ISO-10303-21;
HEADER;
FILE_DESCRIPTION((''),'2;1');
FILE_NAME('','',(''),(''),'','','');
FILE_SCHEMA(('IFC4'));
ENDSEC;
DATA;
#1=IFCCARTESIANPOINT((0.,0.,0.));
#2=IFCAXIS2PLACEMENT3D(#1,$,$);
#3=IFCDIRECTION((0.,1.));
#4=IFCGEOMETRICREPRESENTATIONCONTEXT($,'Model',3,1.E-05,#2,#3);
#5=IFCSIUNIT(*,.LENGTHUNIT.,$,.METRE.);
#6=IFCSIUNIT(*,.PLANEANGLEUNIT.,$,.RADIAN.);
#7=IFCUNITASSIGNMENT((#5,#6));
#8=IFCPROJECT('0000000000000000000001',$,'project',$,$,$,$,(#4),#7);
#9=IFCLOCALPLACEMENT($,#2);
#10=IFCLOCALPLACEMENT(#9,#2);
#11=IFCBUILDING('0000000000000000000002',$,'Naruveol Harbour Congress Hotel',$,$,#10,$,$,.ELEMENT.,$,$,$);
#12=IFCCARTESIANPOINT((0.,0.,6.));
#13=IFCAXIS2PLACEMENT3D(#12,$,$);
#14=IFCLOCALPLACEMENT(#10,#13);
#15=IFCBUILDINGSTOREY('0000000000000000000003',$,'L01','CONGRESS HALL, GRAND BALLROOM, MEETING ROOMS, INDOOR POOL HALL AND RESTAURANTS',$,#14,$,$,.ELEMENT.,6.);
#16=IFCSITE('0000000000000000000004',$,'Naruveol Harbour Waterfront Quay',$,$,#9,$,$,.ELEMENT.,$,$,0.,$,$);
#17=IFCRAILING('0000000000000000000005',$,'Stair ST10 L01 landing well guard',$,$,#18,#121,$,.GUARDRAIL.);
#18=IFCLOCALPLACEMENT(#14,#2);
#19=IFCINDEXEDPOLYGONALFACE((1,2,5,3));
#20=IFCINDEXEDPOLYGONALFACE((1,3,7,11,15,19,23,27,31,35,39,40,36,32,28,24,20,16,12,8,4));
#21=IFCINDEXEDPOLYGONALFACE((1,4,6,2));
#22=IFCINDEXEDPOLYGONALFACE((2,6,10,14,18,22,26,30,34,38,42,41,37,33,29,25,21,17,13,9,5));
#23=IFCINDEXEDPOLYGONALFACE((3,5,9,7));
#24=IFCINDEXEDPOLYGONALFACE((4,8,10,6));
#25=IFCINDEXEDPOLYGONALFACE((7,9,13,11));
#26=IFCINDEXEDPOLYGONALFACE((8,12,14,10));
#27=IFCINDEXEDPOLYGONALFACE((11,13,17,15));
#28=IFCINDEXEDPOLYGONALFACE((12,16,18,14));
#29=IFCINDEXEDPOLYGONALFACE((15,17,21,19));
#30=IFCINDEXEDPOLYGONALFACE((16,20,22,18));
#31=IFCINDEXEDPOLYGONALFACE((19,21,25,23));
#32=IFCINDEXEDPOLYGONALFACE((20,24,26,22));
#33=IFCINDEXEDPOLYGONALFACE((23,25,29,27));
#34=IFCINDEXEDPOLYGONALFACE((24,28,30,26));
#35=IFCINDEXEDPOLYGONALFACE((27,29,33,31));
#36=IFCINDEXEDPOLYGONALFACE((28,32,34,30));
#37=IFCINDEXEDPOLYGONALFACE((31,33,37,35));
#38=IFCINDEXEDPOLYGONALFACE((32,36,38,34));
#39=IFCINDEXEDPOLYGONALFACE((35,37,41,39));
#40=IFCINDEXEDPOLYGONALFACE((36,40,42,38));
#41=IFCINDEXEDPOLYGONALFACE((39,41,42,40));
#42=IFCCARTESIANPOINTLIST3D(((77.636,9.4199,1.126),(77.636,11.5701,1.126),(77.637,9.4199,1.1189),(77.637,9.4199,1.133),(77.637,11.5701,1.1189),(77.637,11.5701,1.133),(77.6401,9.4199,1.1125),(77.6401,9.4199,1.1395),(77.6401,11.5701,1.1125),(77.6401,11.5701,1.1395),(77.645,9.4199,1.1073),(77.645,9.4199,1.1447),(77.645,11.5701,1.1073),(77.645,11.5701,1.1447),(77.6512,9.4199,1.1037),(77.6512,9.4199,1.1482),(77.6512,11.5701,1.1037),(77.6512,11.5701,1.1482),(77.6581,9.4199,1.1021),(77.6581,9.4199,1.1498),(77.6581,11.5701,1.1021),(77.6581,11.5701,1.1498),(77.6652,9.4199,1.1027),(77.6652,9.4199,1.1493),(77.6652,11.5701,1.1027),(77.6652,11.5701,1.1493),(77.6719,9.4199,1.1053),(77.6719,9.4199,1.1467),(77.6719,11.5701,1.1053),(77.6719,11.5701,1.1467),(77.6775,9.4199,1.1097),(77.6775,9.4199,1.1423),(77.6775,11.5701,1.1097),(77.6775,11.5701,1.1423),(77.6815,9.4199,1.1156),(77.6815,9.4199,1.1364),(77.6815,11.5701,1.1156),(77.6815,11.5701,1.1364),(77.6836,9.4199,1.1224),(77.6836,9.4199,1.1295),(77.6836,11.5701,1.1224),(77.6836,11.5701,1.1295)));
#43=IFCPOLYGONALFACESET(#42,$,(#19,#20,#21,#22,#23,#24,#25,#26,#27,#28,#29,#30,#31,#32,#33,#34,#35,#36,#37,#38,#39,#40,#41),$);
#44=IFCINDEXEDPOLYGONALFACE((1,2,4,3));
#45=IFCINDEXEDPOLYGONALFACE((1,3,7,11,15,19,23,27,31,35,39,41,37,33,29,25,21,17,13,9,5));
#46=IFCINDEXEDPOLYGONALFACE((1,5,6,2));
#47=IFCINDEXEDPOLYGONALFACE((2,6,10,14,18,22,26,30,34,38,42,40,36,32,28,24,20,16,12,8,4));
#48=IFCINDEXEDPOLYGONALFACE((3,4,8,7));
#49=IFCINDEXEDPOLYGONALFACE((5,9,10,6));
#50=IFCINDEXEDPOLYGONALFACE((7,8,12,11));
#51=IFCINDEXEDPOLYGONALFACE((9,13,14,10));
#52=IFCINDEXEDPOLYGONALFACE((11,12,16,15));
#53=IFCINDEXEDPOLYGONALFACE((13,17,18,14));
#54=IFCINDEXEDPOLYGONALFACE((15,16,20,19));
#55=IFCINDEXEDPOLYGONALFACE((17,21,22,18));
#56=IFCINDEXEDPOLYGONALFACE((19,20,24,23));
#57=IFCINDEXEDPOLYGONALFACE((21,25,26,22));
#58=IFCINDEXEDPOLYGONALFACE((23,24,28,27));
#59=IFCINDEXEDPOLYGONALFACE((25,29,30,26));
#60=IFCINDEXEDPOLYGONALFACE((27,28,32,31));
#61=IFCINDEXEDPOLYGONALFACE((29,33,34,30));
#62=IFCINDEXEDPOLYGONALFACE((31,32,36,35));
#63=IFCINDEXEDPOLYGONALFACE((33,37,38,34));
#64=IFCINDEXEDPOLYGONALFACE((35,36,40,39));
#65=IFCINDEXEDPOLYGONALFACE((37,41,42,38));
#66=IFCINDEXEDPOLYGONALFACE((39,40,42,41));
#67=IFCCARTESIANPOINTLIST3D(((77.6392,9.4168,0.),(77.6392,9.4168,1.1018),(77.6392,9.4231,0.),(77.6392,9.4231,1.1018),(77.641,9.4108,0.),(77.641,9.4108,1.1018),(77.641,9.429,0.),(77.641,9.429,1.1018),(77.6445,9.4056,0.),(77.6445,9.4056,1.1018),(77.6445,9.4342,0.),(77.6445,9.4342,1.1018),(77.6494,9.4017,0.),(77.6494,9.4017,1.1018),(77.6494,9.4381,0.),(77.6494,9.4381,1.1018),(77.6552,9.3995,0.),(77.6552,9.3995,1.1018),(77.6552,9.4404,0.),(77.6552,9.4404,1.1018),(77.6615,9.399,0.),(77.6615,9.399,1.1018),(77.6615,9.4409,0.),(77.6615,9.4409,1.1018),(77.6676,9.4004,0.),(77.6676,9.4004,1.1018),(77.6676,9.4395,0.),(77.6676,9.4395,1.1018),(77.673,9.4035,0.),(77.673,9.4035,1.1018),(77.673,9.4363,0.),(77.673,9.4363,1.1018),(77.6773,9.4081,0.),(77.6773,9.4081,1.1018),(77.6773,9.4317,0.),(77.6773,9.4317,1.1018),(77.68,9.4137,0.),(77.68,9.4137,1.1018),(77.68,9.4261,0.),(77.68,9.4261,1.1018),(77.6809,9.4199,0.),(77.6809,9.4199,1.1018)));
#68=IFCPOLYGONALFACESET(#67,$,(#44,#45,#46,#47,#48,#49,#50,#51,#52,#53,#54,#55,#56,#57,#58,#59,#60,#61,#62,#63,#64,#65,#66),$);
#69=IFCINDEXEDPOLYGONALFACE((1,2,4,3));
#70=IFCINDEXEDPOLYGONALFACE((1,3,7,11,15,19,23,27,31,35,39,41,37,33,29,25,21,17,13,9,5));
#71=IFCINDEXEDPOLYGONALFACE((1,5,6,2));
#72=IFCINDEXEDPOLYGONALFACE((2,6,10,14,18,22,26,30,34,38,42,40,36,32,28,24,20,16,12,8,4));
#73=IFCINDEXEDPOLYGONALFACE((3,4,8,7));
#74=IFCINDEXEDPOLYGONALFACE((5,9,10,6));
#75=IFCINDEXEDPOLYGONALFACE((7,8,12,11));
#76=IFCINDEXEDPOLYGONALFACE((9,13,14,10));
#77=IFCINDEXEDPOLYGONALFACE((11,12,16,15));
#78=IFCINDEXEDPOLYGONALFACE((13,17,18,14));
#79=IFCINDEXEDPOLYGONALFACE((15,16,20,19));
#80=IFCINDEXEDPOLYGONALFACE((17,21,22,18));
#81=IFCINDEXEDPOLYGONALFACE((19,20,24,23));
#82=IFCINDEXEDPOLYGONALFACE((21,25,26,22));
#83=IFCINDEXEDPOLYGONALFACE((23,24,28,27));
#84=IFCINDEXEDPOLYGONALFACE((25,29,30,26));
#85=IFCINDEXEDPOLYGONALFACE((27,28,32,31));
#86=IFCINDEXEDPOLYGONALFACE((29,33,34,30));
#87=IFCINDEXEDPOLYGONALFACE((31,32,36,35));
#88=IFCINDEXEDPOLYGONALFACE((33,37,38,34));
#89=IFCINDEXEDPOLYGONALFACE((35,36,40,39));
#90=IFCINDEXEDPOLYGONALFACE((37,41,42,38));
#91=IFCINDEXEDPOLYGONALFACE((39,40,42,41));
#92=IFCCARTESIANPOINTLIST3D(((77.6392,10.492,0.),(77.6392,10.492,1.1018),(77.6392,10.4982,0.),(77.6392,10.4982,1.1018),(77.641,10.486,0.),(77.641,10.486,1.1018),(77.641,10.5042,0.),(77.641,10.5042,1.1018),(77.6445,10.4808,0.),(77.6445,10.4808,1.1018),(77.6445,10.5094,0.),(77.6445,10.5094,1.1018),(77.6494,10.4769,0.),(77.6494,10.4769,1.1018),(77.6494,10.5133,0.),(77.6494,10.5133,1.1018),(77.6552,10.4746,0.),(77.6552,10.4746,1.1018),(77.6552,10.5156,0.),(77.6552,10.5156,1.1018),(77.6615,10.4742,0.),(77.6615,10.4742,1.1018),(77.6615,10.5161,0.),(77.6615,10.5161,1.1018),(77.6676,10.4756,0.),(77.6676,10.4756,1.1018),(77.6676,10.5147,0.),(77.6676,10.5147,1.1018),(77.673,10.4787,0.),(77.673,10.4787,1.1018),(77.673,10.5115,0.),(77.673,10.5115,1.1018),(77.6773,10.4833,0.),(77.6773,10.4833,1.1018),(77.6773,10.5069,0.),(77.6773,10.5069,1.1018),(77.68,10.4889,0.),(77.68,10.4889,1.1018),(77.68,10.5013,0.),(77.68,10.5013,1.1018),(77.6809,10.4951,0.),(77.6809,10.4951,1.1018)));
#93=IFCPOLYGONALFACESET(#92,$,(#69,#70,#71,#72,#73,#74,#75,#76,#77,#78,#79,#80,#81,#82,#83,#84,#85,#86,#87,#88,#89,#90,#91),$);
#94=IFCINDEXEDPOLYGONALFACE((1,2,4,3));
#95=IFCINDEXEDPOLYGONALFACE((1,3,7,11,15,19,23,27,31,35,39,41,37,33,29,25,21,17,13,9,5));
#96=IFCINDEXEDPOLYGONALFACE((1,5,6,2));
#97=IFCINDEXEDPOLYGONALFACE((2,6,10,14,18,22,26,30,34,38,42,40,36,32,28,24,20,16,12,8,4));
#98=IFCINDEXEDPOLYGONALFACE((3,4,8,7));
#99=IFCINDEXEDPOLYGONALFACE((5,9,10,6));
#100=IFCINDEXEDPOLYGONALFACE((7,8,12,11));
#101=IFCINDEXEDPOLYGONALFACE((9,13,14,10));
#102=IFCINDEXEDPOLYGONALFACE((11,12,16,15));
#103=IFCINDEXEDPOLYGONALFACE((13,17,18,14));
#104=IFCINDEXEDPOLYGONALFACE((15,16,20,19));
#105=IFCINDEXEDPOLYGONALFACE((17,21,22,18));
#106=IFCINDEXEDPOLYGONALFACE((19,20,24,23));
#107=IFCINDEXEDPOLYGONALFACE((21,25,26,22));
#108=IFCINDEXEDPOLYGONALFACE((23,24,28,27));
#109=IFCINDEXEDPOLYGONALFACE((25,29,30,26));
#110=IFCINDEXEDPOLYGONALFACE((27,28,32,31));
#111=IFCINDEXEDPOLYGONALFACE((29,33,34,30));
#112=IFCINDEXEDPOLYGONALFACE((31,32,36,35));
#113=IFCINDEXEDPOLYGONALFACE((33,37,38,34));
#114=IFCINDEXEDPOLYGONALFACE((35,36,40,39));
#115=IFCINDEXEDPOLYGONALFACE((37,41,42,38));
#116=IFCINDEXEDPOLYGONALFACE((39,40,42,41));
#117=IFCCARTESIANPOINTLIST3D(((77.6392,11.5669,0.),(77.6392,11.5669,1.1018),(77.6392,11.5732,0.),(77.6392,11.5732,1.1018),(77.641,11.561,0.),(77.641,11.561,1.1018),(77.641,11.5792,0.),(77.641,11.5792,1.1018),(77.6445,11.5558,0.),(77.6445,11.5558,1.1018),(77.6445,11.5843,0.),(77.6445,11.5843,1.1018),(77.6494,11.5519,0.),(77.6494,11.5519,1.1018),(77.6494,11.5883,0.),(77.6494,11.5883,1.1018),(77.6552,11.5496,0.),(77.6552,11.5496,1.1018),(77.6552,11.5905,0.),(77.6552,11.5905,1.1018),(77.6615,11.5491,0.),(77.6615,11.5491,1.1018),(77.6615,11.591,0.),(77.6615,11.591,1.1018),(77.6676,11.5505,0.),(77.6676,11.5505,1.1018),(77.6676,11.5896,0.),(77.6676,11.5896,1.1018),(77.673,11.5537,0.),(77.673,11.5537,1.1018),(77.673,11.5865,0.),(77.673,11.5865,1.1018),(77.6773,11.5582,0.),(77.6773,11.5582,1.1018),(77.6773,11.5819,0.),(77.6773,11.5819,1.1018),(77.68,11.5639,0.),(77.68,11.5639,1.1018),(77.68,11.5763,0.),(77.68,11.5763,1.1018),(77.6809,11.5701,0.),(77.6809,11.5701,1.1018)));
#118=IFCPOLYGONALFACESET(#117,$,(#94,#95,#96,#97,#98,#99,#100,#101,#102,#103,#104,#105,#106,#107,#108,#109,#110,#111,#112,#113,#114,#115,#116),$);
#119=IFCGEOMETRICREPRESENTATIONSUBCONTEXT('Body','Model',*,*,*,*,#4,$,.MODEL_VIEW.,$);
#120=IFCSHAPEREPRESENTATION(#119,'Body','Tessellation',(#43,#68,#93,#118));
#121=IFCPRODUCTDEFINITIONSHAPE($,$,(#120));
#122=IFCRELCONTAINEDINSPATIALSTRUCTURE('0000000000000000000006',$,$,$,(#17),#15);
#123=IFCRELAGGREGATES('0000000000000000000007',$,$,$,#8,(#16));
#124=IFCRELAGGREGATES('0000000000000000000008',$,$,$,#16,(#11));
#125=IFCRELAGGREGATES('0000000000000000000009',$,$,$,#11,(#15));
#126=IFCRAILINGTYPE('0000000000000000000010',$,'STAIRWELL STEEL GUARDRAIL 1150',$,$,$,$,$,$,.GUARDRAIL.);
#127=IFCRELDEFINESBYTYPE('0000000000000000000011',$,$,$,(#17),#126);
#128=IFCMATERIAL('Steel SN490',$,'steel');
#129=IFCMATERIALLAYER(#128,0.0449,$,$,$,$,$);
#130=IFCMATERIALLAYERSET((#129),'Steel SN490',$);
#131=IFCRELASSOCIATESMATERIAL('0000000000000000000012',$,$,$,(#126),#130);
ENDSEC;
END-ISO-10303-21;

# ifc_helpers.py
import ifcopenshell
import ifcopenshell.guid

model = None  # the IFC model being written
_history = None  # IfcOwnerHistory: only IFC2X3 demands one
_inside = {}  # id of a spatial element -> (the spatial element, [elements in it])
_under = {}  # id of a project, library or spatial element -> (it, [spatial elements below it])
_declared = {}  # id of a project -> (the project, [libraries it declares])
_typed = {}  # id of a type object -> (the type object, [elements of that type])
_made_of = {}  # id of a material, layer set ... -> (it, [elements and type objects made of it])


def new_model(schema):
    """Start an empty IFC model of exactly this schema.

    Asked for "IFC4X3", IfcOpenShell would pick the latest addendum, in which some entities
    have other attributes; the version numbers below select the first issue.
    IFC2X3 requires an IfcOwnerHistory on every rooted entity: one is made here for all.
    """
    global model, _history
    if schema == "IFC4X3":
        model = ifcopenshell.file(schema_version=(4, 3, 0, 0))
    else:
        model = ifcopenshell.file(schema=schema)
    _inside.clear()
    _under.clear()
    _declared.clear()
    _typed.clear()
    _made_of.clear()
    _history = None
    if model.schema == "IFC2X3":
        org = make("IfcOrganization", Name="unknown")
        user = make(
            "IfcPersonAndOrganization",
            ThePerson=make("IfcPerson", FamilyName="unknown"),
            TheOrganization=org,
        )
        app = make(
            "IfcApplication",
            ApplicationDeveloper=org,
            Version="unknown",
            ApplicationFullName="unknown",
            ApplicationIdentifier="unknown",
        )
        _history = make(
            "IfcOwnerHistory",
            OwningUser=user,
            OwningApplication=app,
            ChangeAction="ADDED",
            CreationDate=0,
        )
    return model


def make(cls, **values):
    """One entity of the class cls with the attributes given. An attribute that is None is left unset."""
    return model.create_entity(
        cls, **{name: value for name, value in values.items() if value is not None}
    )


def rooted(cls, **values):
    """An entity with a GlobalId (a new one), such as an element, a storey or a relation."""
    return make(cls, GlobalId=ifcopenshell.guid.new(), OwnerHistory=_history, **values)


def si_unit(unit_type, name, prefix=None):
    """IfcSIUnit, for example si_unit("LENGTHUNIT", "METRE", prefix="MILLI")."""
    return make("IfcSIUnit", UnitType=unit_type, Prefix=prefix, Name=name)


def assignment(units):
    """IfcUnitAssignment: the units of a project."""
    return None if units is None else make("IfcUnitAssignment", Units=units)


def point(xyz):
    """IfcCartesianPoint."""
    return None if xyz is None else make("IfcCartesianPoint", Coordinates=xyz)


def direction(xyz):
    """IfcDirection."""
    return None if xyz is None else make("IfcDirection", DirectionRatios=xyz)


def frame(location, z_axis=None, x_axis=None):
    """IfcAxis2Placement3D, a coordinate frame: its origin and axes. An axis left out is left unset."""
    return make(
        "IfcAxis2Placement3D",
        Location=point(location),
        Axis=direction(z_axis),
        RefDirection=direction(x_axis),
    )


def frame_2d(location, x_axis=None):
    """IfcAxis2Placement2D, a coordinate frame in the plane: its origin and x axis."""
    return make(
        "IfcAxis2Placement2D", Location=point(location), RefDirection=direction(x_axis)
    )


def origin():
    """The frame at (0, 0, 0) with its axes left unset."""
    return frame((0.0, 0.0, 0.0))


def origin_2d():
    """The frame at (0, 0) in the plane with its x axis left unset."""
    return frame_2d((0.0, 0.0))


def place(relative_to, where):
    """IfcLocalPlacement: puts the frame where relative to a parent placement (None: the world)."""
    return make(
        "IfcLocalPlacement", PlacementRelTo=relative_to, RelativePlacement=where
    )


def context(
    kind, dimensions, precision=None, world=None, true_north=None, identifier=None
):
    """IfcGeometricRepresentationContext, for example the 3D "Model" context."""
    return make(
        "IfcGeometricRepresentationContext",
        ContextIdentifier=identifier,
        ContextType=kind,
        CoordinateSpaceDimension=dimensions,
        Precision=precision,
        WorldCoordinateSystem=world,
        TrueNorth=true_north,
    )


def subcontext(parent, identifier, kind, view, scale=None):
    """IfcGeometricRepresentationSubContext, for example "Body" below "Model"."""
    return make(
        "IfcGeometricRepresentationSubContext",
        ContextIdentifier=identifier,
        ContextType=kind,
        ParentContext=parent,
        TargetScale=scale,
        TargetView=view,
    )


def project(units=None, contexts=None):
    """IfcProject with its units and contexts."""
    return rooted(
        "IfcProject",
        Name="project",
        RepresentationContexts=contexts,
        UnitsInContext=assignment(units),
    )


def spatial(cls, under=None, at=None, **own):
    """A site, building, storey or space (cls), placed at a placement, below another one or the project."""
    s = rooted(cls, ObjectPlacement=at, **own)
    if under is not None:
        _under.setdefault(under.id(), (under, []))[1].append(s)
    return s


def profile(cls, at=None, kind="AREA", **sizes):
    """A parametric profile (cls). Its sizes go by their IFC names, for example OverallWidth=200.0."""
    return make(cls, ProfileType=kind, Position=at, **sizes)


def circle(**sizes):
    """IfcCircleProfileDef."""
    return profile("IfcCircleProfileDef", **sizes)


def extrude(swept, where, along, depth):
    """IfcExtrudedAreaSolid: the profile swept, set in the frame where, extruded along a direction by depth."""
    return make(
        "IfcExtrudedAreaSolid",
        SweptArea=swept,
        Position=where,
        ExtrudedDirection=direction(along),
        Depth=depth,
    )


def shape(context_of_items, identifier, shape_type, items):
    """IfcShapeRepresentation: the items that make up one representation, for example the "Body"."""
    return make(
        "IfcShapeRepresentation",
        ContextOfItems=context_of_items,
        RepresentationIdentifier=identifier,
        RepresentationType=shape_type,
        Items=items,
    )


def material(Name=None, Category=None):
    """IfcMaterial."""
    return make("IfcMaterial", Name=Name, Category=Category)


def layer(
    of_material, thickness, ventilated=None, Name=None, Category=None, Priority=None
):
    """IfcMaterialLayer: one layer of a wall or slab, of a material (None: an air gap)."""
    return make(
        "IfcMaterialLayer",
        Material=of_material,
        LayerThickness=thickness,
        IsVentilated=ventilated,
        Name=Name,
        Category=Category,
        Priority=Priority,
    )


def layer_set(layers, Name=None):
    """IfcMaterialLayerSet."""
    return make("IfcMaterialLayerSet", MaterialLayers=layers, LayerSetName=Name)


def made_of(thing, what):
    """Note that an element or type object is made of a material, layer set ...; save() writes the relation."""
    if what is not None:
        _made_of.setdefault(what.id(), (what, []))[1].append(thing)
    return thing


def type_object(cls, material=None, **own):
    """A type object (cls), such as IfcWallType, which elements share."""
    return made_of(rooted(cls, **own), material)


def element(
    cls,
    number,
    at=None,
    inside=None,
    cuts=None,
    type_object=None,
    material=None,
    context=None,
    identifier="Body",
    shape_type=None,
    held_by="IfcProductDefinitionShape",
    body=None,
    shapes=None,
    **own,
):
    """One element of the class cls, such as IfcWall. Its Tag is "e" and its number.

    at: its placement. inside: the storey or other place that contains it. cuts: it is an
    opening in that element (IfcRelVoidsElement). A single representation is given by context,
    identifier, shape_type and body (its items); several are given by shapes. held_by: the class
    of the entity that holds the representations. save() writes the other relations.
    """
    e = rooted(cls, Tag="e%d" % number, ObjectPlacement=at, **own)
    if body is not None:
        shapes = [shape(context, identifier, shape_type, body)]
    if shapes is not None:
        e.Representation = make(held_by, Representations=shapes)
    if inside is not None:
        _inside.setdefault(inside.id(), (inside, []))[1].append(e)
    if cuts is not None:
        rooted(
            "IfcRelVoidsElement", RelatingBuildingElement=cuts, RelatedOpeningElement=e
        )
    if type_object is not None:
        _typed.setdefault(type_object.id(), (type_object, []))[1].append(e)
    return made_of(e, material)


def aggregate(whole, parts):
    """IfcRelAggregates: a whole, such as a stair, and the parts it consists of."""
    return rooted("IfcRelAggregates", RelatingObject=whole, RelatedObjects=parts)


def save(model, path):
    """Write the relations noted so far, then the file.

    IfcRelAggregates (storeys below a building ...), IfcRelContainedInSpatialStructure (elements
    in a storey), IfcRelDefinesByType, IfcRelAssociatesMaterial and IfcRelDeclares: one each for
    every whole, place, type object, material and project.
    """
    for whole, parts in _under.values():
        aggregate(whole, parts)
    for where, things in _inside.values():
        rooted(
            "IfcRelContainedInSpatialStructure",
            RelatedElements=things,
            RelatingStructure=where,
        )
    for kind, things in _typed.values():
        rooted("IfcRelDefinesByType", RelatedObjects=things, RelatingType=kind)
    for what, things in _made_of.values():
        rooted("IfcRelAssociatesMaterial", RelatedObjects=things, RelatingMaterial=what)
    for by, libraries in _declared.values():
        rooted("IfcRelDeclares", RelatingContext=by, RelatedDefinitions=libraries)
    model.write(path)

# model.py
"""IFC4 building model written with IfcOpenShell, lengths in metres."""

from ifc_helpers import new_model, si_unit, direction, frame, origin, origin_2d, place, context, subcontext, project, spatial, circle, extrude, material, layer, layer_set, type_object, element, save


model = new_model("IFC4")

# Units and contexts
model_context = context("Model", 3, precision=1e-05, world=origin(), true_north=direction((0.0, 1.0)))
body_context = subcontext(model_context, "Body", "Model", "MODEL_VIEW")
ifc_project = project(units=[si_unit("LENGTHUNIT", "METRE"), si_unit("PLANEANGLEUNIT", "RADIAN")], contexts=[model_context])

# Site, building, storey
site_placement = place(None, origin())
site = spatial("IfcSite", under=ifc_project, at=site_placement, Name="Naruveol Harbour Waterfront Quay", CompositionType="ELEMENT", RefElevation=0.0)
building_placement = place(site_placement, origin())
building = spatial("IfcBuilding", under=site, at=building_placement, Name="Naruveol Harbour Congress Hotel", CompositionType="ELEMENT")
storey_placement = place(building_placement, frame((0.0, 0.0, 6.0)))
storey = spatial("IfcBuildingStorey", under=building, at=storey_placement, Name="L01", Description="CONGRESS HALL, GRAND BALLROOM, MEETING ROOMS, INDOOR POOL HALL AND RESTAURANTS", CompositionType="ELEMENT", Elevation=6.0)

# Railing
ifc_material_1 = material(Name="Steel SN490", Category="steel")
ifc_layer_1 = layer(ifc_material_1, 0.0449)
ifc_layer_set_1 = layer_set([ifc_layer_1], Name="Steel SN490")
railing_type_1 = type_object("IfcRailingType", Name="STAIRWELL STEEL GUARDRAIL 1150", PredefinedType="GUARDRAIL", material=ifc_layer_set_1)
railing_1_placement = place(storey_placement, frame((77.6599, 9.4199, 0.0)))
element("IfcRailing", 1, at=railing_1_placement, inside=storey, type_object=railing_type_1, Name="Stair ST10 L01 landing well guard", PredefinedType="GUARDRAIL", context=body_context, shape_type="SweptSolid", body=[
    extrude(circle(Radius=0.0239, at=origin_2d()), frame((0.0, 0.0, 1.126), z_axis=(0.0, 1.0, 0.0), x_axis=(-1.0, 0.0, 0.0)), (0.0, 0.0, 1.0), 2.1501),
    extrude(circle(Radius=0.021, at=origin_2d()), origin(), (0.0, 0.0, 1.0), 1.1018),
    extrude(circle(Radius=0.021, at=origin_2d()), frame((0.0, 1.0752, 0.0)), (0.0, 0.0, 1.0), 1.1018),
    extrude(circle(Radius=0.021, at=origin_2d()), frame((0.0, 2.1501, 0.0)), (0.0, 0.0, 1.0), 1.1018),
])

save(model, "model.ifc")
